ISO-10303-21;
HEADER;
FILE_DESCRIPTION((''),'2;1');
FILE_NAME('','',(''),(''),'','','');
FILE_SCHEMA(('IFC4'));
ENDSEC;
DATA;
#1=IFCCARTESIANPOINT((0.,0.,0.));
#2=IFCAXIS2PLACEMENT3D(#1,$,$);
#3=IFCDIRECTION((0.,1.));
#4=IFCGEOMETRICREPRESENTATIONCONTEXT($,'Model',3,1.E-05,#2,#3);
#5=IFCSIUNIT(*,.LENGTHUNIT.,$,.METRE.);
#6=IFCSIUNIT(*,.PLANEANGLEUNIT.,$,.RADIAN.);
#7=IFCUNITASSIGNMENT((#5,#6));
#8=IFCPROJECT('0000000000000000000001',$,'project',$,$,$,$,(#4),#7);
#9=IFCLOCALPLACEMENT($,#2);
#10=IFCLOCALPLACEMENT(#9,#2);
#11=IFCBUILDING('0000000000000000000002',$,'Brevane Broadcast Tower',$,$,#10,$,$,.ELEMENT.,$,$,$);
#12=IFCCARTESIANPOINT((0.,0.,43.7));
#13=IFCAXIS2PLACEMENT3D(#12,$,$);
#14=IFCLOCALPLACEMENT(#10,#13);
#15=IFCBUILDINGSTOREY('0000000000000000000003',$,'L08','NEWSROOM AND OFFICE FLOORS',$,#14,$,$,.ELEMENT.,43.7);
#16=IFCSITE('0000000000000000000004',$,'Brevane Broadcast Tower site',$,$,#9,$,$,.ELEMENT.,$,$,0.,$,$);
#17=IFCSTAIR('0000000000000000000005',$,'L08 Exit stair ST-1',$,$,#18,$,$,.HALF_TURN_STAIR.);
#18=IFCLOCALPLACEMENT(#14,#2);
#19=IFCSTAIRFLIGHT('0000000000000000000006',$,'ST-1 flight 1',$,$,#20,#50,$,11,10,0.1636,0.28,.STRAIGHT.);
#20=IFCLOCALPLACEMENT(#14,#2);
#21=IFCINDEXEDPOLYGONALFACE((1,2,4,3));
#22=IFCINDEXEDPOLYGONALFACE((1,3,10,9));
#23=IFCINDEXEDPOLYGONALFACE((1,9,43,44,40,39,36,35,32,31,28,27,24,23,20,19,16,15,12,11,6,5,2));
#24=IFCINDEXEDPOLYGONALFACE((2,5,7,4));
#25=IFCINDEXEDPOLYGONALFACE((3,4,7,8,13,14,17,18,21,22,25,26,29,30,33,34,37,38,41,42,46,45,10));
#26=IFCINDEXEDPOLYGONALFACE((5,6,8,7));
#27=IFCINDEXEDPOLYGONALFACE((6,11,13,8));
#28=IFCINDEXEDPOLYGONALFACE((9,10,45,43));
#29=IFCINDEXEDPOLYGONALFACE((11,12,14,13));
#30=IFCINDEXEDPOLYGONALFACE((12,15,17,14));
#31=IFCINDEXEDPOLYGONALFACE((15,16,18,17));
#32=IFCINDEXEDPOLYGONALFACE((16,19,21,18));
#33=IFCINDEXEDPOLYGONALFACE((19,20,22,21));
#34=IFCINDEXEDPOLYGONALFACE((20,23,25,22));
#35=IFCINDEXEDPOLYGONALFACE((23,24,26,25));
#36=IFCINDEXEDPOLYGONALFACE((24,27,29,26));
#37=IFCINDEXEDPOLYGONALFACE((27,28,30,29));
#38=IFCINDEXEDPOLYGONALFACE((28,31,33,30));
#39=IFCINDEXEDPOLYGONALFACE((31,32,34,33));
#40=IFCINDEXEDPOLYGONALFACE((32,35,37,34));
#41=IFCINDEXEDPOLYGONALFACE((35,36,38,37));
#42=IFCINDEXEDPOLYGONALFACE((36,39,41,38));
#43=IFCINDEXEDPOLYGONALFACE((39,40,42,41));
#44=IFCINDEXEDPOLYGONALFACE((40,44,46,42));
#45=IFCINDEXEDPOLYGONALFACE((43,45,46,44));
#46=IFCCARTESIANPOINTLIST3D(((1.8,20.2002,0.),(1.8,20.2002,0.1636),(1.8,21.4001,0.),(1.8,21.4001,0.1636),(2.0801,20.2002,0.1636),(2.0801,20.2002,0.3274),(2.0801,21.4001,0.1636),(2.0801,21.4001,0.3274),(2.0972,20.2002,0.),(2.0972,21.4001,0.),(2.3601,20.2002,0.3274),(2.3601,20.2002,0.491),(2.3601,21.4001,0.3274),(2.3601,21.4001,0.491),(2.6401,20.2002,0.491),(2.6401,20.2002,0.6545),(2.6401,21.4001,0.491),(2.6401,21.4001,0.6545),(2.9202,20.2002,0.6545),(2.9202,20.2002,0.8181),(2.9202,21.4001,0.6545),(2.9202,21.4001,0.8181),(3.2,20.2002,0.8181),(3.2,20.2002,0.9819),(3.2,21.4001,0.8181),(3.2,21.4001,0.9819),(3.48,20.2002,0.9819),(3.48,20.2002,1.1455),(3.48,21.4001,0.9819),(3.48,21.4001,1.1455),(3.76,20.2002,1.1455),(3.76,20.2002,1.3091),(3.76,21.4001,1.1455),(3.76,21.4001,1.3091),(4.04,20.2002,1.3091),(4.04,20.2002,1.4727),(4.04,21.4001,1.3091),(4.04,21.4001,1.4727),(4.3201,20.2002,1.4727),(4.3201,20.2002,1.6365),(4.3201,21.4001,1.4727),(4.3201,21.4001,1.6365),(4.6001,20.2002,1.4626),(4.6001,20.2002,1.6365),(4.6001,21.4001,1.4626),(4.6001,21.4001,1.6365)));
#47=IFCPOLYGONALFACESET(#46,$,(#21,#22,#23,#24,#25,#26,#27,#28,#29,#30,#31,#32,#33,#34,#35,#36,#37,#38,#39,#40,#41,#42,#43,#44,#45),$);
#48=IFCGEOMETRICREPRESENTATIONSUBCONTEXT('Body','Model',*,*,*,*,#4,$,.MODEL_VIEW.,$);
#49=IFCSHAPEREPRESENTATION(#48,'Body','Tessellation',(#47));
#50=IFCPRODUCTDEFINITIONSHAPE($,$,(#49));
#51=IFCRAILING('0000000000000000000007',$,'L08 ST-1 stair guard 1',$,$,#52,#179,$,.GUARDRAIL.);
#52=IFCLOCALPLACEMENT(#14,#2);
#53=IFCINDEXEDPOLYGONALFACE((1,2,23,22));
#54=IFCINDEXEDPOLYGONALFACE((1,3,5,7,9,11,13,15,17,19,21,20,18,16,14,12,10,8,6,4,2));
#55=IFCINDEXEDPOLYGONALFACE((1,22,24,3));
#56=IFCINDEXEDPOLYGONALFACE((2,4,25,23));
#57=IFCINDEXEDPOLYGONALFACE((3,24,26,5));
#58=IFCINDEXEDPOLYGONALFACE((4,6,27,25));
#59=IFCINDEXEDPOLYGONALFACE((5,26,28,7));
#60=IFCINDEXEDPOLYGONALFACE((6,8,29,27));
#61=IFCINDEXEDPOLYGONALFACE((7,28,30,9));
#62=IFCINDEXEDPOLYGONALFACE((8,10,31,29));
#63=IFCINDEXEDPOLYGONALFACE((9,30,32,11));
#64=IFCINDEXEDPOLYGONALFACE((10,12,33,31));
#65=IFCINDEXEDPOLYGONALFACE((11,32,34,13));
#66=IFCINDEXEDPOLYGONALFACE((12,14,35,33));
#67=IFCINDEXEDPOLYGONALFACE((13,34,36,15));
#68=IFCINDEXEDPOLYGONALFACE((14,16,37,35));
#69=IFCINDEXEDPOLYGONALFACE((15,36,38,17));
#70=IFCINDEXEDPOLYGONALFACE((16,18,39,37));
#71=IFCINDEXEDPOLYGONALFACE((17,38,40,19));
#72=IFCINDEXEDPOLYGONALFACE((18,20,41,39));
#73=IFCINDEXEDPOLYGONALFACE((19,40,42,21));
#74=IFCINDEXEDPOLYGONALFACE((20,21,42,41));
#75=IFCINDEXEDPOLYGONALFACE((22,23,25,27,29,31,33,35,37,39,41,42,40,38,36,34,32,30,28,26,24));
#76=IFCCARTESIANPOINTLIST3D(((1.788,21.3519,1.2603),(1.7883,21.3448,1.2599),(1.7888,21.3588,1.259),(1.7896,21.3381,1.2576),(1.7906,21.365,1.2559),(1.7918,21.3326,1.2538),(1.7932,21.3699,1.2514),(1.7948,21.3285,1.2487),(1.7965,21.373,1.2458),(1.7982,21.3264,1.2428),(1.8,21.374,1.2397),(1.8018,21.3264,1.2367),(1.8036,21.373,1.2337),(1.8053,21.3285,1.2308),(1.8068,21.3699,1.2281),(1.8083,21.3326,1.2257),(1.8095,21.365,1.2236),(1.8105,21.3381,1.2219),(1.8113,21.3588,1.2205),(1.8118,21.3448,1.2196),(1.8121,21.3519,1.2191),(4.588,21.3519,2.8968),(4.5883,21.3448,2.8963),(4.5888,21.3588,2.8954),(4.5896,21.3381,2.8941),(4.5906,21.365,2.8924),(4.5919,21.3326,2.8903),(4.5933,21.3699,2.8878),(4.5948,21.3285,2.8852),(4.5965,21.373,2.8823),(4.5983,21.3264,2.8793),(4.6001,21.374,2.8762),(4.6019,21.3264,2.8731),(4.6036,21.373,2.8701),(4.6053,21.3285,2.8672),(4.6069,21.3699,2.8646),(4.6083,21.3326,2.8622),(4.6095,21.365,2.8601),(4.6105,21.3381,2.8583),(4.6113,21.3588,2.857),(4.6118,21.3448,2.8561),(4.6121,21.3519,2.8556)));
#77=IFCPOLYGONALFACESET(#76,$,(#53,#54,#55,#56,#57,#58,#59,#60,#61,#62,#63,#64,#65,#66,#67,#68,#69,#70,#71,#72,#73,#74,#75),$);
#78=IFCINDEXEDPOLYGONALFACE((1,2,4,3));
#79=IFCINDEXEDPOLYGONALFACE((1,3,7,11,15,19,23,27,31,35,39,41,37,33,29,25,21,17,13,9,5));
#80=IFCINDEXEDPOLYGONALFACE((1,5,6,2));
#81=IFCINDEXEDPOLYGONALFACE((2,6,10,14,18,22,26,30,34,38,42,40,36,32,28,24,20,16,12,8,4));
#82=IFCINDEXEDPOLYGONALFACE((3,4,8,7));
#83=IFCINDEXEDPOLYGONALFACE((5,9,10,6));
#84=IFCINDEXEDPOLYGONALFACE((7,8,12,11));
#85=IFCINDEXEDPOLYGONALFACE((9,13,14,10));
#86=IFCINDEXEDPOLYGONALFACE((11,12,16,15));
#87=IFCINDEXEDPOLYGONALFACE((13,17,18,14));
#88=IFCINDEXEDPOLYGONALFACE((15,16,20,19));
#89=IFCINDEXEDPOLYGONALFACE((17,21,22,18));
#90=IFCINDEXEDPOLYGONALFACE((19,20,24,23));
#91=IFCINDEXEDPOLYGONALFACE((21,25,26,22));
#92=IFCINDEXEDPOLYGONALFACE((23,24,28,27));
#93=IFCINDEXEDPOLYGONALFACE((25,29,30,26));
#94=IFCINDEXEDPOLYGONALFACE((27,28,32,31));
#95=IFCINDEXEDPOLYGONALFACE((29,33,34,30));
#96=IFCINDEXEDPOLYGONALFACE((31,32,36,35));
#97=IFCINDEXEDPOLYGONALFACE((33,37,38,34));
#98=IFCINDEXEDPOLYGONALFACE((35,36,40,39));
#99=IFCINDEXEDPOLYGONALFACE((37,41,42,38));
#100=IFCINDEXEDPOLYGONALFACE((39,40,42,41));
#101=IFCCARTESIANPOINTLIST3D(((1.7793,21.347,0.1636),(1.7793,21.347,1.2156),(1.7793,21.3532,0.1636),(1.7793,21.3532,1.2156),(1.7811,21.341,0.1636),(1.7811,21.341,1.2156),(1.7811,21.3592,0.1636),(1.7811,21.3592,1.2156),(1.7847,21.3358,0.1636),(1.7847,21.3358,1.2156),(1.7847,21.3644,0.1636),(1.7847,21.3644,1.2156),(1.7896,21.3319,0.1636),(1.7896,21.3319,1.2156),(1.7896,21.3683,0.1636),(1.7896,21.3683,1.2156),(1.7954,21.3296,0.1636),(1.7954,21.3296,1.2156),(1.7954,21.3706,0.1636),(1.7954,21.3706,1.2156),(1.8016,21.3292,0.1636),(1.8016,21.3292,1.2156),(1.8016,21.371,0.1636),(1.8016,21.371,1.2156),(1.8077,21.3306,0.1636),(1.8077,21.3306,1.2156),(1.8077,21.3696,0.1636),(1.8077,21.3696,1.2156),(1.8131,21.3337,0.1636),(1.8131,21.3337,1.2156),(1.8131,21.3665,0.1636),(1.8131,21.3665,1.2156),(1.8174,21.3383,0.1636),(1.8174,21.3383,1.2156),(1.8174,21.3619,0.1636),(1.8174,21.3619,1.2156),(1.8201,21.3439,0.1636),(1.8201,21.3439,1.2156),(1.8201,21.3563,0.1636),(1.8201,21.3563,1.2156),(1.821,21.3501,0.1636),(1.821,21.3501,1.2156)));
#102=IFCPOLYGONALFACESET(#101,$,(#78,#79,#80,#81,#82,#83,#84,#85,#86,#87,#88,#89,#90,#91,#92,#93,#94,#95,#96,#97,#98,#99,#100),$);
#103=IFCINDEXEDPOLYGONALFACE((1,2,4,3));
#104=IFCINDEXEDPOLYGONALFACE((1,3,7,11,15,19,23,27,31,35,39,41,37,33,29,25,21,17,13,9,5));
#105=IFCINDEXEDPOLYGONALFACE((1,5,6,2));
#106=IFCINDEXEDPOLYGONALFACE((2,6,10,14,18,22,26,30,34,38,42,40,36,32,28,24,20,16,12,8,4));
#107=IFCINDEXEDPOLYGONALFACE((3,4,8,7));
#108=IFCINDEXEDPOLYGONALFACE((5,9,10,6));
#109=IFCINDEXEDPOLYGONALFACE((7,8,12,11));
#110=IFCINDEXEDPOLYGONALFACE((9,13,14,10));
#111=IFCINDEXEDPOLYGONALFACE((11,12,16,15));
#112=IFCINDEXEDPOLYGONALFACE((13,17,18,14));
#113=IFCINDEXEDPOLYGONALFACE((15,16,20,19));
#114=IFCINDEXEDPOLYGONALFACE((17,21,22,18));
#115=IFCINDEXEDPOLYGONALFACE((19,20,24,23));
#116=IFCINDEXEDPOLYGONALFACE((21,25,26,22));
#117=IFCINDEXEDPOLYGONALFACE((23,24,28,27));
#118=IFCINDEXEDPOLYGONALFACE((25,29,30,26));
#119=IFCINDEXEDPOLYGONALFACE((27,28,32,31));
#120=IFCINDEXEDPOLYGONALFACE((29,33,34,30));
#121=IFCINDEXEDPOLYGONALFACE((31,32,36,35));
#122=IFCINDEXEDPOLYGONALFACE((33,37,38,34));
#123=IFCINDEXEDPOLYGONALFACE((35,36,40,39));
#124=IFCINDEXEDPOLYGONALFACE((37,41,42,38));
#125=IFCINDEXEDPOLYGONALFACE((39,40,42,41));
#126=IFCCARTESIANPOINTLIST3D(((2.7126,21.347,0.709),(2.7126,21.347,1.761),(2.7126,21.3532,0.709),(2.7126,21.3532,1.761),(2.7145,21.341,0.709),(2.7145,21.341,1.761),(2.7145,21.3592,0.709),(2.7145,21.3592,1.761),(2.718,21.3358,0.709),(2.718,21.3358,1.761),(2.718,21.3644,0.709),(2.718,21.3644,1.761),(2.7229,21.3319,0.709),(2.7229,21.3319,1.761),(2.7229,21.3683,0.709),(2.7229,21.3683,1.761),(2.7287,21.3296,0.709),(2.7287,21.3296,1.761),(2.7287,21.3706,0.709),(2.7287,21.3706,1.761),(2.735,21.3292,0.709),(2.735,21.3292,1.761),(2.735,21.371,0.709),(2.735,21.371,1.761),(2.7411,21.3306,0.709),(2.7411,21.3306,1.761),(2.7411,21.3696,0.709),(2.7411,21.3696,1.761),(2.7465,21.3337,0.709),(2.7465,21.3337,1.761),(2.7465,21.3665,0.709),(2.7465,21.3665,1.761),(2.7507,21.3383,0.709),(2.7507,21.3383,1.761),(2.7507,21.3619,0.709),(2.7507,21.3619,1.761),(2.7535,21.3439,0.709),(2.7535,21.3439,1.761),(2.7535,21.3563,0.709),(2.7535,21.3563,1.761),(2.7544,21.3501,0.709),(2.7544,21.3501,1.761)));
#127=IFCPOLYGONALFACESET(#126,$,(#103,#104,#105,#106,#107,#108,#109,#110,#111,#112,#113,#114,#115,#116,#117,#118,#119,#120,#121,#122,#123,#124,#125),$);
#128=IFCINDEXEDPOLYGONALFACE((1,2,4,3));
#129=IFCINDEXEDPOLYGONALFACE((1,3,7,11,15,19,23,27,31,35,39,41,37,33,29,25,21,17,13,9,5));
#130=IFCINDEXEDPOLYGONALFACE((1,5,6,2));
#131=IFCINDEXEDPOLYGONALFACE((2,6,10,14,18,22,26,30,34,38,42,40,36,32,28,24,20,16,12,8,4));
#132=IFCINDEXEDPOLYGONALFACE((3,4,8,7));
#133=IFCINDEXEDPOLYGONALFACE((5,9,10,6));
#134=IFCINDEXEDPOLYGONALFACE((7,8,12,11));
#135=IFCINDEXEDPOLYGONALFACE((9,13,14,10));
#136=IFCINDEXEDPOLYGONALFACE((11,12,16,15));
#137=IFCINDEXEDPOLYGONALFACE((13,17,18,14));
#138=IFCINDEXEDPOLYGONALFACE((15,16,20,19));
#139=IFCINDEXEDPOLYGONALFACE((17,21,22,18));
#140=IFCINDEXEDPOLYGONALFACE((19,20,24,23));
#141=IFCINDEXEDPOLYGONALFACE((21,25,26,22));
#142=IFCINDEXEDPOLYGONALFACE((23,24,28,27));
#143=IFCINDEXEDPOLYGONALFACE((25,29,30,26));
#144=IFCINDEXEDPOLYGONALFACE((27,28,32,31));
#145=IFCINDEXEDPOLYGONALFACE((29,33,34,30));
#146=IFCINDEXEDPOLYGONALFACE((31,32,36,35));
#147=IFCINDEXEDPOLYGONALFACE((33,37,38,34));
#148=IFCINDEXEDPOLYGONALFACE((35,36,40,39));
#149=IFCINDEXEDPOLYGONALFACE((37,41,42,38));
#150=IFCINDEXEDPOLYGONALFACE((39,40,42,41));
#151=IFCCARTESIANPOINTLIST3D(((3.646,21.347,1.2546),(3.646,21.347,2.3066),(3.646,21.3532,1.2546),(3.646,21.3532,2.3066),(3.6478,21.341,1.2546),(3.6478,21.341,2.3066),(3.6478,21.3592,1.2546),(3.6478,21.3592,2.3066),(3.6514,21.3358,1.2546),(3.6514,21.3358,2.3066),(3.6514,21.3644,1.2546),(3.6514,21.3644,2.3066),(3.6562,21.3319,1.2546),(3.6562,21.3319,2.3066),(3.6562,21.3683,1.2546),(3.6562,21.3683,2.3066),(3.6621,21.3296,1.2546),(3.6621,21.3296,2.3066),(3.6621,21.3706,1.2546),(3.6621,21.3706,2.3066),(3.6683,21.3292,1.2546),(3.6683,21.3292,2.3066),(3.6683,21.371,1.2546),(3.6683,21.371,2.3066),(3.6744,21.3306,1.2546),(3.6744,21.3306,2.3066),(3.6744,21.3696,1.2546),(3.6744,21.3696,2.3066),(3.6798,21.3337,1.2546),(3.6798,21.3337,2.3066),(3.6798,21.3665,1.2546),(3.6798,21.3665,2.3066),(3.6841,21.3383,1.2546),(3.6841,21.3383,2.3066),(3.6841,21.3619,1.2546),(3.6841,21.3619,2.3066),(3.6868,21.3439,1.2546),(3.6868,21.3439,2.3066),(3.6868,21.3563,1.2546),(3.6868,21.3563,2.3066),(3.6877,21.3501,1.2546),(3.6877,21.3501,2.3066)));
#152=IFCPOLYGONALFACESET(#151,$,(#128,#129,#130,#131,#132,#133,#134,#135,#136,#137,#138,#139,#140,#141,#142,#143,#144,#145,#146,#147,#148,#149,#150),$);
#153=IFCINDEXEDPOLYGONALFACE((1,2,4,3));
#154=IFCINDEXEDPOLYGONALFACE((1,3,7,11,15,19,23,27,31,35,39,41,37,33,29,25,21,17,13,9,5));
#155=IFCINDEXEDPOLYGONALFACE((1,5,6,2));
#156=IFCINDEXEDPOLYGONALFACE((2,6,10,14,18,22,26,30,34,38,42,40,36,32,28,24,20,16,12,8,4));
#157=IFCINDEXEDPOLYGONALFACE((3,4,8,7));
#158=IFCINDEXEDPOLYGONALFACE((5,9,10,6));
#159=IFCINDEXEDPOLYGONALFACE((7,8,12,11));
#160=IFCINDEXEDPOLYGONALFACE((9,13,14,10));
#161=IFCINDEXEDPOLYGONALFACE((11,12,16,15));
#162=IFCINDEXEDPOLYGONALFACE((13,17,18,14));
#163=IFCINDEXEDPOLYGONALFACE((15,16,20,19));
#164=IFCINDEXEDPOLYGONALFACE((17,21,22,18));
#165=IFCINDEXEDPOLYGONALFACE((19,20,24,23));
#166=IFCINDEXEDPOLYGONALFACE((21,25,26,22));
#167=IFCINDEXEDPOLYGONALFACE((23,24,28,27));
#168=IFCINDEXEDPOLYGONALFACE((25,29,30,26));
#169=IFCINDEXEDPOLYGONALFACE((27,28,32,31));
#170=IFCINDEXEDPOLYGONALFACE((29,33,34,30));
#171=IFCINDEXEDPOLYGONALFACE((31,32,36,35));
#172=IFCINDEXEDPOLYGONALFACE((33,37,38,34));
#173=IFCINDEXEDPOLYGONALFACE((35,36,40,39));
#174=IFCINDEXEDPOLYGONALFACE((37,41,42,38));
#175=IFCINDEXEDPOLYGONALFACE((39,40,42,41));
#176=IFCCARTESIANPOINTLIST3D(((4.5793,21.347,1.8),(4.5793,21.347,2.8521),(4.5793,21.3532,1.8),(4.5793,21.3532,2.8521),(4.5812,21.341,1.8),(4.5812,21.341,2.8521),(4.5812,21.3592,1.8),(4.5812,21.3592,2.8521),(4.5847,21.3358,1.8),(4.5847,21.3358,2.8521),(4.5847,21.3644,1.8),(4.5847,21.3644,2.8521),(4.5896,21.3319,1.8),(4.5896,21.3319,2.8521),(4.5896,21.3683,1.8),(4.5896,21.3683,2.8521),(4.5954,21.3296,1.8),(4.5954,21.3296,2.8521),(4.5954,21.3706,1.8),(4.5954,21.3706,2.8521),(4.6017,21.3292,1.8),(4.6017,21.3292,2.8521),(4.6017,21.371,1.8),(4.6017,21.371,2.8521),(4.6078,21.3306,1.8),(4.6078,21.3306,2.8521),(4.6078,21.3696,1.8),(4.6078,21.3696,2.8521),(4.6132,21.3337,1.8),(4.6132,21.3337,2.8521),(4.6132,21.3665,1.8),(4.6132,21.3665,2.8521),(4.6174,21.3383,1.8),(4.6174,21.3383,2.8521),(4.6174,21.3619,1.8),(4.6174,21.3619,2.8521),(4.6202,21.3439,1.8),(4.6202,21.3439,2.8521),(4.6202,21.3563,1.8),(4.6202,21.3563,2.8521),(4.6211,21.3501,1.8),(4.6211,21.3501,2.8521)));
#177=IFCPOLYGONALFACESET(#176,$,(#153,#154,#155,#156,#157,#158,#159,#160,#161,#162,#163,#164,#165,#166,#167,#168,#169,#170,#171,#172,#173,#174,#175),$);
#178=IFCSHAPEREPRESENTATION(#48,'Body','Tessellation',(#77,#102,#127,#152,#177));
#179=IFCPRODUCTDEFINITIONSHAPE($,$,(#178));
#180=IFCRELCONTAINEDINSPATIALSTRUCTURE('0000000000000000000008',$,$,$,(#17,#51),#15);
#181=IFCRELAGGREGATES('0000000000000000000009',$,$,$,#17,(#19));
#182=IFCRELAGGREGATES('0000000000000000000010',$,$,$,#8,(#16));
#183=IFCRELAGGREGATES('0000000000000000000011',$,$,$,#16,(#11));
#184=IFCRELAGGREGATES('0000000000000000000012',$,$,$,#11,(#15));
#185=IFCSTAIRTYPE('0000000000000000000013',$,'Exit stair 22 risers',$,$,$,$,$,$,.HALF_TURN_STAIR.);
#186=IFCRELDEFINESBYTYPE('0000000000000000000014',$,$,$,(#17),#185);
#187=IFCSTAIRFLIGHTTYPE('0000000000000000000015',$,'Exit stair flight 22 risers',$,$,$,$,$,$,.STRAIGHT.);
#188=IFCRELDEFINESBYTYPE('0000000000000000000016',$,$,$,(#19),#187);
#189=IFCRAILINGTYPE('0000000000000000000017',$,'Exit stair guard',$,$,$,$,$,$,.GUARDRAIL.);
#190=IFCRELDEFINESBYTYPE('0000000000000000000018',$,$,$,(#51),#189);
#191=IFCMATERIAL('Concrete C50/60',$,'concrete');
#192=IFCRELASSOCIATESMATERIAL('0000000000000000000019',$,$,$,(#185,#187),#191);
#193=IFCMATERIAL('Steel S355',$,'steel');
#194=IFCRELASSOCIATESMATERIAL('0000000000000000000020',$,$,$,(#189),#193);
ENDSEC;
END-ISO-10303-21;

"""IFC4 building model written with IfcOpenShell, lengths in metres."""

from ifc_helpers import new_model, si_unit, direction, frame, origin, origin_2d, place, context, subcontext, project, spatial, polyline, circle, outline, extrude, material, type_object, element, aggregate, save


model = new_model("IFC4")

# Units and contexts
model_context = context("Model", 3, precision=1e-05, world=origin(), true_north=direction((0.0, 1.0)))
body_context = subcontext(model_context, "Body", "Model", "MODEL_VIEW")
ifc_project = project(units=[si_unit("LENGTHUNIT", "METRE"), si_unit("PLANEANGLEUNIT", "RADIAN")], contexts=[model_context])

# Site, building, storey
site_placement = place(None, origin())
site = spatial("IfcSite", under=ifc_project, at=site_placement, Name="Brevane Broadcast Tower site", CompositionType="ELEMENT", RefElevation=0.0)
building_placement = place(site_placement, origin())
building = spatial("IfcBuilding", under=site, at=building_placement, Name="Brevane Broadcast Tower", CompositionType="ELEMENT")
storey_placement = place(building_placement, frame((0.0, 0.0, 43.7)))
storey = spatial("IfcBuildingStorey", under=building, at=storey_placement, Name="L08", Description="NEWSROOM AND OFFICE FLOORS", CompositionType="ELEMENT", Elevation=43.7)

# Stair, stair flight
ifc_material_1 = material(Name="Concrete C50/60", Category="concrete")
stair_type = type_object("IfcStairType", Name="Exit stair 22 risers", PredefinedType="HALF_TURN_STAIR", material=ifc_material_1)
stair_placement = place(storey_placement, origin())
stair = element("IfcStair", 1, at=stair_placement, inside=storey, type_object=stair_type, Name="L08 Exit stair ST-1", PredefinedType="HALF_TURN_STAIR")
stair_flight_type = type_object("IfcStairFlightType", Name="Exit stair flight 22 risers", PredefinedType="STRAIGHT", material=ifc_material_1)
stair_flight_placement = place(storey_placement, frame((1.8, 20.8, 0.0), z_axis=(0.0, 0.0, 1.0), x_axis=(1.0, 0.0, 0.0)))
stair_flight = element("IfcStairFlight", 2, at=stair_flight_placement, type_object=stair_flight_type, Name="ST-1 flight 1", NumberOfRisers=11, NumberOfTreads=10, PredefinedType="STRAIGHT", RiserHeight=0.1636, TreadLength=0.28, context=body_context, shape_type="SweptSolid", body=[
    extrude(outline(polyline([(0.0, 0.0), (0.0, 0.1636), (0.28, 0.1636), (0.28, 0.3274), (0.5601, 0.3274), (0.5601, 0.491), (0.8401, 0.491), (0.8401, 0.6545), (1.1201, 0.6545), (1.1201, 0.8181), (1.3999, 0.8181), (1.3999, 0.9819), (1.6799, 0.9819), (1.6799, 1.1455), (1.96, 1.1455), (1.96, 1.3091), (2.24, 1.3091), (2.24, 1.4727), (2.52, 1.4727), (2.52, 1.6365), (2.8, 1.6365), (2.8, 1.8), (2.8, 1.4626), (0.2971, 0.0), (0.0, 0.0)])), frame((0.0, 0.6001, 0.0), z_axis=(0.0, -1.0, 0.0), x_axis=(1.0, 0.0, 0.0)), (0.0, 0.0, 1.0), 1.2),
])
aggregate(stair, [stair_flight])

# Railing
ifc_material_2 = material(Name="Steel S355", Category="steel")
railing_type_1 = type_object("IfcRailingType", Name="Exit stair guard", PredefinedType="GUARDRAIL", material=ifc_material_2)
railing_1_placement = place(storey_placement, frame((1.8, 21.3501, 0.1636)))
element("IfcRailing", 3, at=railing_1_placement, inside=storey, type_object=railing_type_1, Name="L08 ST-1 stair guard 1", PredefinedType="GUARDRAIL", context=body_context, shape_type="SweptSolid", body=[
    extrude(circle(Radius=0.0239, at=origin_2d()), frame((0.0, 0.0, 1.0762), z_axis=(0.863361, 0.0, 0.504587), x_axis=(0.0, 1.0, 0.0)), (0.0, 0.0, 1.0), 3.2432),
    extrude(circle(Radius=0.021, at=origin_2d()), origin(), (0.0, 0.0, 1.0), 1.052),
    extrude(circle(Radius=0.021, at=origin_2d()), frame((0.9333, 0.0, 0.5454)), (0.0, 0.0, 1.0), 1.052),
    extrude(circle(Radius=0.021, at=origin_2d()), frame((1.8667, 0.0, 1.0911)), (0.0, 0.0, 1.0), 1.052),
    extrude(circle(Radius=0.021, at=origin_2d()), frame((2.8, 0.0, 1.6365)), (0.0, 0.0, 1.0), 1.052),
])

save(model, "model.ifc")
